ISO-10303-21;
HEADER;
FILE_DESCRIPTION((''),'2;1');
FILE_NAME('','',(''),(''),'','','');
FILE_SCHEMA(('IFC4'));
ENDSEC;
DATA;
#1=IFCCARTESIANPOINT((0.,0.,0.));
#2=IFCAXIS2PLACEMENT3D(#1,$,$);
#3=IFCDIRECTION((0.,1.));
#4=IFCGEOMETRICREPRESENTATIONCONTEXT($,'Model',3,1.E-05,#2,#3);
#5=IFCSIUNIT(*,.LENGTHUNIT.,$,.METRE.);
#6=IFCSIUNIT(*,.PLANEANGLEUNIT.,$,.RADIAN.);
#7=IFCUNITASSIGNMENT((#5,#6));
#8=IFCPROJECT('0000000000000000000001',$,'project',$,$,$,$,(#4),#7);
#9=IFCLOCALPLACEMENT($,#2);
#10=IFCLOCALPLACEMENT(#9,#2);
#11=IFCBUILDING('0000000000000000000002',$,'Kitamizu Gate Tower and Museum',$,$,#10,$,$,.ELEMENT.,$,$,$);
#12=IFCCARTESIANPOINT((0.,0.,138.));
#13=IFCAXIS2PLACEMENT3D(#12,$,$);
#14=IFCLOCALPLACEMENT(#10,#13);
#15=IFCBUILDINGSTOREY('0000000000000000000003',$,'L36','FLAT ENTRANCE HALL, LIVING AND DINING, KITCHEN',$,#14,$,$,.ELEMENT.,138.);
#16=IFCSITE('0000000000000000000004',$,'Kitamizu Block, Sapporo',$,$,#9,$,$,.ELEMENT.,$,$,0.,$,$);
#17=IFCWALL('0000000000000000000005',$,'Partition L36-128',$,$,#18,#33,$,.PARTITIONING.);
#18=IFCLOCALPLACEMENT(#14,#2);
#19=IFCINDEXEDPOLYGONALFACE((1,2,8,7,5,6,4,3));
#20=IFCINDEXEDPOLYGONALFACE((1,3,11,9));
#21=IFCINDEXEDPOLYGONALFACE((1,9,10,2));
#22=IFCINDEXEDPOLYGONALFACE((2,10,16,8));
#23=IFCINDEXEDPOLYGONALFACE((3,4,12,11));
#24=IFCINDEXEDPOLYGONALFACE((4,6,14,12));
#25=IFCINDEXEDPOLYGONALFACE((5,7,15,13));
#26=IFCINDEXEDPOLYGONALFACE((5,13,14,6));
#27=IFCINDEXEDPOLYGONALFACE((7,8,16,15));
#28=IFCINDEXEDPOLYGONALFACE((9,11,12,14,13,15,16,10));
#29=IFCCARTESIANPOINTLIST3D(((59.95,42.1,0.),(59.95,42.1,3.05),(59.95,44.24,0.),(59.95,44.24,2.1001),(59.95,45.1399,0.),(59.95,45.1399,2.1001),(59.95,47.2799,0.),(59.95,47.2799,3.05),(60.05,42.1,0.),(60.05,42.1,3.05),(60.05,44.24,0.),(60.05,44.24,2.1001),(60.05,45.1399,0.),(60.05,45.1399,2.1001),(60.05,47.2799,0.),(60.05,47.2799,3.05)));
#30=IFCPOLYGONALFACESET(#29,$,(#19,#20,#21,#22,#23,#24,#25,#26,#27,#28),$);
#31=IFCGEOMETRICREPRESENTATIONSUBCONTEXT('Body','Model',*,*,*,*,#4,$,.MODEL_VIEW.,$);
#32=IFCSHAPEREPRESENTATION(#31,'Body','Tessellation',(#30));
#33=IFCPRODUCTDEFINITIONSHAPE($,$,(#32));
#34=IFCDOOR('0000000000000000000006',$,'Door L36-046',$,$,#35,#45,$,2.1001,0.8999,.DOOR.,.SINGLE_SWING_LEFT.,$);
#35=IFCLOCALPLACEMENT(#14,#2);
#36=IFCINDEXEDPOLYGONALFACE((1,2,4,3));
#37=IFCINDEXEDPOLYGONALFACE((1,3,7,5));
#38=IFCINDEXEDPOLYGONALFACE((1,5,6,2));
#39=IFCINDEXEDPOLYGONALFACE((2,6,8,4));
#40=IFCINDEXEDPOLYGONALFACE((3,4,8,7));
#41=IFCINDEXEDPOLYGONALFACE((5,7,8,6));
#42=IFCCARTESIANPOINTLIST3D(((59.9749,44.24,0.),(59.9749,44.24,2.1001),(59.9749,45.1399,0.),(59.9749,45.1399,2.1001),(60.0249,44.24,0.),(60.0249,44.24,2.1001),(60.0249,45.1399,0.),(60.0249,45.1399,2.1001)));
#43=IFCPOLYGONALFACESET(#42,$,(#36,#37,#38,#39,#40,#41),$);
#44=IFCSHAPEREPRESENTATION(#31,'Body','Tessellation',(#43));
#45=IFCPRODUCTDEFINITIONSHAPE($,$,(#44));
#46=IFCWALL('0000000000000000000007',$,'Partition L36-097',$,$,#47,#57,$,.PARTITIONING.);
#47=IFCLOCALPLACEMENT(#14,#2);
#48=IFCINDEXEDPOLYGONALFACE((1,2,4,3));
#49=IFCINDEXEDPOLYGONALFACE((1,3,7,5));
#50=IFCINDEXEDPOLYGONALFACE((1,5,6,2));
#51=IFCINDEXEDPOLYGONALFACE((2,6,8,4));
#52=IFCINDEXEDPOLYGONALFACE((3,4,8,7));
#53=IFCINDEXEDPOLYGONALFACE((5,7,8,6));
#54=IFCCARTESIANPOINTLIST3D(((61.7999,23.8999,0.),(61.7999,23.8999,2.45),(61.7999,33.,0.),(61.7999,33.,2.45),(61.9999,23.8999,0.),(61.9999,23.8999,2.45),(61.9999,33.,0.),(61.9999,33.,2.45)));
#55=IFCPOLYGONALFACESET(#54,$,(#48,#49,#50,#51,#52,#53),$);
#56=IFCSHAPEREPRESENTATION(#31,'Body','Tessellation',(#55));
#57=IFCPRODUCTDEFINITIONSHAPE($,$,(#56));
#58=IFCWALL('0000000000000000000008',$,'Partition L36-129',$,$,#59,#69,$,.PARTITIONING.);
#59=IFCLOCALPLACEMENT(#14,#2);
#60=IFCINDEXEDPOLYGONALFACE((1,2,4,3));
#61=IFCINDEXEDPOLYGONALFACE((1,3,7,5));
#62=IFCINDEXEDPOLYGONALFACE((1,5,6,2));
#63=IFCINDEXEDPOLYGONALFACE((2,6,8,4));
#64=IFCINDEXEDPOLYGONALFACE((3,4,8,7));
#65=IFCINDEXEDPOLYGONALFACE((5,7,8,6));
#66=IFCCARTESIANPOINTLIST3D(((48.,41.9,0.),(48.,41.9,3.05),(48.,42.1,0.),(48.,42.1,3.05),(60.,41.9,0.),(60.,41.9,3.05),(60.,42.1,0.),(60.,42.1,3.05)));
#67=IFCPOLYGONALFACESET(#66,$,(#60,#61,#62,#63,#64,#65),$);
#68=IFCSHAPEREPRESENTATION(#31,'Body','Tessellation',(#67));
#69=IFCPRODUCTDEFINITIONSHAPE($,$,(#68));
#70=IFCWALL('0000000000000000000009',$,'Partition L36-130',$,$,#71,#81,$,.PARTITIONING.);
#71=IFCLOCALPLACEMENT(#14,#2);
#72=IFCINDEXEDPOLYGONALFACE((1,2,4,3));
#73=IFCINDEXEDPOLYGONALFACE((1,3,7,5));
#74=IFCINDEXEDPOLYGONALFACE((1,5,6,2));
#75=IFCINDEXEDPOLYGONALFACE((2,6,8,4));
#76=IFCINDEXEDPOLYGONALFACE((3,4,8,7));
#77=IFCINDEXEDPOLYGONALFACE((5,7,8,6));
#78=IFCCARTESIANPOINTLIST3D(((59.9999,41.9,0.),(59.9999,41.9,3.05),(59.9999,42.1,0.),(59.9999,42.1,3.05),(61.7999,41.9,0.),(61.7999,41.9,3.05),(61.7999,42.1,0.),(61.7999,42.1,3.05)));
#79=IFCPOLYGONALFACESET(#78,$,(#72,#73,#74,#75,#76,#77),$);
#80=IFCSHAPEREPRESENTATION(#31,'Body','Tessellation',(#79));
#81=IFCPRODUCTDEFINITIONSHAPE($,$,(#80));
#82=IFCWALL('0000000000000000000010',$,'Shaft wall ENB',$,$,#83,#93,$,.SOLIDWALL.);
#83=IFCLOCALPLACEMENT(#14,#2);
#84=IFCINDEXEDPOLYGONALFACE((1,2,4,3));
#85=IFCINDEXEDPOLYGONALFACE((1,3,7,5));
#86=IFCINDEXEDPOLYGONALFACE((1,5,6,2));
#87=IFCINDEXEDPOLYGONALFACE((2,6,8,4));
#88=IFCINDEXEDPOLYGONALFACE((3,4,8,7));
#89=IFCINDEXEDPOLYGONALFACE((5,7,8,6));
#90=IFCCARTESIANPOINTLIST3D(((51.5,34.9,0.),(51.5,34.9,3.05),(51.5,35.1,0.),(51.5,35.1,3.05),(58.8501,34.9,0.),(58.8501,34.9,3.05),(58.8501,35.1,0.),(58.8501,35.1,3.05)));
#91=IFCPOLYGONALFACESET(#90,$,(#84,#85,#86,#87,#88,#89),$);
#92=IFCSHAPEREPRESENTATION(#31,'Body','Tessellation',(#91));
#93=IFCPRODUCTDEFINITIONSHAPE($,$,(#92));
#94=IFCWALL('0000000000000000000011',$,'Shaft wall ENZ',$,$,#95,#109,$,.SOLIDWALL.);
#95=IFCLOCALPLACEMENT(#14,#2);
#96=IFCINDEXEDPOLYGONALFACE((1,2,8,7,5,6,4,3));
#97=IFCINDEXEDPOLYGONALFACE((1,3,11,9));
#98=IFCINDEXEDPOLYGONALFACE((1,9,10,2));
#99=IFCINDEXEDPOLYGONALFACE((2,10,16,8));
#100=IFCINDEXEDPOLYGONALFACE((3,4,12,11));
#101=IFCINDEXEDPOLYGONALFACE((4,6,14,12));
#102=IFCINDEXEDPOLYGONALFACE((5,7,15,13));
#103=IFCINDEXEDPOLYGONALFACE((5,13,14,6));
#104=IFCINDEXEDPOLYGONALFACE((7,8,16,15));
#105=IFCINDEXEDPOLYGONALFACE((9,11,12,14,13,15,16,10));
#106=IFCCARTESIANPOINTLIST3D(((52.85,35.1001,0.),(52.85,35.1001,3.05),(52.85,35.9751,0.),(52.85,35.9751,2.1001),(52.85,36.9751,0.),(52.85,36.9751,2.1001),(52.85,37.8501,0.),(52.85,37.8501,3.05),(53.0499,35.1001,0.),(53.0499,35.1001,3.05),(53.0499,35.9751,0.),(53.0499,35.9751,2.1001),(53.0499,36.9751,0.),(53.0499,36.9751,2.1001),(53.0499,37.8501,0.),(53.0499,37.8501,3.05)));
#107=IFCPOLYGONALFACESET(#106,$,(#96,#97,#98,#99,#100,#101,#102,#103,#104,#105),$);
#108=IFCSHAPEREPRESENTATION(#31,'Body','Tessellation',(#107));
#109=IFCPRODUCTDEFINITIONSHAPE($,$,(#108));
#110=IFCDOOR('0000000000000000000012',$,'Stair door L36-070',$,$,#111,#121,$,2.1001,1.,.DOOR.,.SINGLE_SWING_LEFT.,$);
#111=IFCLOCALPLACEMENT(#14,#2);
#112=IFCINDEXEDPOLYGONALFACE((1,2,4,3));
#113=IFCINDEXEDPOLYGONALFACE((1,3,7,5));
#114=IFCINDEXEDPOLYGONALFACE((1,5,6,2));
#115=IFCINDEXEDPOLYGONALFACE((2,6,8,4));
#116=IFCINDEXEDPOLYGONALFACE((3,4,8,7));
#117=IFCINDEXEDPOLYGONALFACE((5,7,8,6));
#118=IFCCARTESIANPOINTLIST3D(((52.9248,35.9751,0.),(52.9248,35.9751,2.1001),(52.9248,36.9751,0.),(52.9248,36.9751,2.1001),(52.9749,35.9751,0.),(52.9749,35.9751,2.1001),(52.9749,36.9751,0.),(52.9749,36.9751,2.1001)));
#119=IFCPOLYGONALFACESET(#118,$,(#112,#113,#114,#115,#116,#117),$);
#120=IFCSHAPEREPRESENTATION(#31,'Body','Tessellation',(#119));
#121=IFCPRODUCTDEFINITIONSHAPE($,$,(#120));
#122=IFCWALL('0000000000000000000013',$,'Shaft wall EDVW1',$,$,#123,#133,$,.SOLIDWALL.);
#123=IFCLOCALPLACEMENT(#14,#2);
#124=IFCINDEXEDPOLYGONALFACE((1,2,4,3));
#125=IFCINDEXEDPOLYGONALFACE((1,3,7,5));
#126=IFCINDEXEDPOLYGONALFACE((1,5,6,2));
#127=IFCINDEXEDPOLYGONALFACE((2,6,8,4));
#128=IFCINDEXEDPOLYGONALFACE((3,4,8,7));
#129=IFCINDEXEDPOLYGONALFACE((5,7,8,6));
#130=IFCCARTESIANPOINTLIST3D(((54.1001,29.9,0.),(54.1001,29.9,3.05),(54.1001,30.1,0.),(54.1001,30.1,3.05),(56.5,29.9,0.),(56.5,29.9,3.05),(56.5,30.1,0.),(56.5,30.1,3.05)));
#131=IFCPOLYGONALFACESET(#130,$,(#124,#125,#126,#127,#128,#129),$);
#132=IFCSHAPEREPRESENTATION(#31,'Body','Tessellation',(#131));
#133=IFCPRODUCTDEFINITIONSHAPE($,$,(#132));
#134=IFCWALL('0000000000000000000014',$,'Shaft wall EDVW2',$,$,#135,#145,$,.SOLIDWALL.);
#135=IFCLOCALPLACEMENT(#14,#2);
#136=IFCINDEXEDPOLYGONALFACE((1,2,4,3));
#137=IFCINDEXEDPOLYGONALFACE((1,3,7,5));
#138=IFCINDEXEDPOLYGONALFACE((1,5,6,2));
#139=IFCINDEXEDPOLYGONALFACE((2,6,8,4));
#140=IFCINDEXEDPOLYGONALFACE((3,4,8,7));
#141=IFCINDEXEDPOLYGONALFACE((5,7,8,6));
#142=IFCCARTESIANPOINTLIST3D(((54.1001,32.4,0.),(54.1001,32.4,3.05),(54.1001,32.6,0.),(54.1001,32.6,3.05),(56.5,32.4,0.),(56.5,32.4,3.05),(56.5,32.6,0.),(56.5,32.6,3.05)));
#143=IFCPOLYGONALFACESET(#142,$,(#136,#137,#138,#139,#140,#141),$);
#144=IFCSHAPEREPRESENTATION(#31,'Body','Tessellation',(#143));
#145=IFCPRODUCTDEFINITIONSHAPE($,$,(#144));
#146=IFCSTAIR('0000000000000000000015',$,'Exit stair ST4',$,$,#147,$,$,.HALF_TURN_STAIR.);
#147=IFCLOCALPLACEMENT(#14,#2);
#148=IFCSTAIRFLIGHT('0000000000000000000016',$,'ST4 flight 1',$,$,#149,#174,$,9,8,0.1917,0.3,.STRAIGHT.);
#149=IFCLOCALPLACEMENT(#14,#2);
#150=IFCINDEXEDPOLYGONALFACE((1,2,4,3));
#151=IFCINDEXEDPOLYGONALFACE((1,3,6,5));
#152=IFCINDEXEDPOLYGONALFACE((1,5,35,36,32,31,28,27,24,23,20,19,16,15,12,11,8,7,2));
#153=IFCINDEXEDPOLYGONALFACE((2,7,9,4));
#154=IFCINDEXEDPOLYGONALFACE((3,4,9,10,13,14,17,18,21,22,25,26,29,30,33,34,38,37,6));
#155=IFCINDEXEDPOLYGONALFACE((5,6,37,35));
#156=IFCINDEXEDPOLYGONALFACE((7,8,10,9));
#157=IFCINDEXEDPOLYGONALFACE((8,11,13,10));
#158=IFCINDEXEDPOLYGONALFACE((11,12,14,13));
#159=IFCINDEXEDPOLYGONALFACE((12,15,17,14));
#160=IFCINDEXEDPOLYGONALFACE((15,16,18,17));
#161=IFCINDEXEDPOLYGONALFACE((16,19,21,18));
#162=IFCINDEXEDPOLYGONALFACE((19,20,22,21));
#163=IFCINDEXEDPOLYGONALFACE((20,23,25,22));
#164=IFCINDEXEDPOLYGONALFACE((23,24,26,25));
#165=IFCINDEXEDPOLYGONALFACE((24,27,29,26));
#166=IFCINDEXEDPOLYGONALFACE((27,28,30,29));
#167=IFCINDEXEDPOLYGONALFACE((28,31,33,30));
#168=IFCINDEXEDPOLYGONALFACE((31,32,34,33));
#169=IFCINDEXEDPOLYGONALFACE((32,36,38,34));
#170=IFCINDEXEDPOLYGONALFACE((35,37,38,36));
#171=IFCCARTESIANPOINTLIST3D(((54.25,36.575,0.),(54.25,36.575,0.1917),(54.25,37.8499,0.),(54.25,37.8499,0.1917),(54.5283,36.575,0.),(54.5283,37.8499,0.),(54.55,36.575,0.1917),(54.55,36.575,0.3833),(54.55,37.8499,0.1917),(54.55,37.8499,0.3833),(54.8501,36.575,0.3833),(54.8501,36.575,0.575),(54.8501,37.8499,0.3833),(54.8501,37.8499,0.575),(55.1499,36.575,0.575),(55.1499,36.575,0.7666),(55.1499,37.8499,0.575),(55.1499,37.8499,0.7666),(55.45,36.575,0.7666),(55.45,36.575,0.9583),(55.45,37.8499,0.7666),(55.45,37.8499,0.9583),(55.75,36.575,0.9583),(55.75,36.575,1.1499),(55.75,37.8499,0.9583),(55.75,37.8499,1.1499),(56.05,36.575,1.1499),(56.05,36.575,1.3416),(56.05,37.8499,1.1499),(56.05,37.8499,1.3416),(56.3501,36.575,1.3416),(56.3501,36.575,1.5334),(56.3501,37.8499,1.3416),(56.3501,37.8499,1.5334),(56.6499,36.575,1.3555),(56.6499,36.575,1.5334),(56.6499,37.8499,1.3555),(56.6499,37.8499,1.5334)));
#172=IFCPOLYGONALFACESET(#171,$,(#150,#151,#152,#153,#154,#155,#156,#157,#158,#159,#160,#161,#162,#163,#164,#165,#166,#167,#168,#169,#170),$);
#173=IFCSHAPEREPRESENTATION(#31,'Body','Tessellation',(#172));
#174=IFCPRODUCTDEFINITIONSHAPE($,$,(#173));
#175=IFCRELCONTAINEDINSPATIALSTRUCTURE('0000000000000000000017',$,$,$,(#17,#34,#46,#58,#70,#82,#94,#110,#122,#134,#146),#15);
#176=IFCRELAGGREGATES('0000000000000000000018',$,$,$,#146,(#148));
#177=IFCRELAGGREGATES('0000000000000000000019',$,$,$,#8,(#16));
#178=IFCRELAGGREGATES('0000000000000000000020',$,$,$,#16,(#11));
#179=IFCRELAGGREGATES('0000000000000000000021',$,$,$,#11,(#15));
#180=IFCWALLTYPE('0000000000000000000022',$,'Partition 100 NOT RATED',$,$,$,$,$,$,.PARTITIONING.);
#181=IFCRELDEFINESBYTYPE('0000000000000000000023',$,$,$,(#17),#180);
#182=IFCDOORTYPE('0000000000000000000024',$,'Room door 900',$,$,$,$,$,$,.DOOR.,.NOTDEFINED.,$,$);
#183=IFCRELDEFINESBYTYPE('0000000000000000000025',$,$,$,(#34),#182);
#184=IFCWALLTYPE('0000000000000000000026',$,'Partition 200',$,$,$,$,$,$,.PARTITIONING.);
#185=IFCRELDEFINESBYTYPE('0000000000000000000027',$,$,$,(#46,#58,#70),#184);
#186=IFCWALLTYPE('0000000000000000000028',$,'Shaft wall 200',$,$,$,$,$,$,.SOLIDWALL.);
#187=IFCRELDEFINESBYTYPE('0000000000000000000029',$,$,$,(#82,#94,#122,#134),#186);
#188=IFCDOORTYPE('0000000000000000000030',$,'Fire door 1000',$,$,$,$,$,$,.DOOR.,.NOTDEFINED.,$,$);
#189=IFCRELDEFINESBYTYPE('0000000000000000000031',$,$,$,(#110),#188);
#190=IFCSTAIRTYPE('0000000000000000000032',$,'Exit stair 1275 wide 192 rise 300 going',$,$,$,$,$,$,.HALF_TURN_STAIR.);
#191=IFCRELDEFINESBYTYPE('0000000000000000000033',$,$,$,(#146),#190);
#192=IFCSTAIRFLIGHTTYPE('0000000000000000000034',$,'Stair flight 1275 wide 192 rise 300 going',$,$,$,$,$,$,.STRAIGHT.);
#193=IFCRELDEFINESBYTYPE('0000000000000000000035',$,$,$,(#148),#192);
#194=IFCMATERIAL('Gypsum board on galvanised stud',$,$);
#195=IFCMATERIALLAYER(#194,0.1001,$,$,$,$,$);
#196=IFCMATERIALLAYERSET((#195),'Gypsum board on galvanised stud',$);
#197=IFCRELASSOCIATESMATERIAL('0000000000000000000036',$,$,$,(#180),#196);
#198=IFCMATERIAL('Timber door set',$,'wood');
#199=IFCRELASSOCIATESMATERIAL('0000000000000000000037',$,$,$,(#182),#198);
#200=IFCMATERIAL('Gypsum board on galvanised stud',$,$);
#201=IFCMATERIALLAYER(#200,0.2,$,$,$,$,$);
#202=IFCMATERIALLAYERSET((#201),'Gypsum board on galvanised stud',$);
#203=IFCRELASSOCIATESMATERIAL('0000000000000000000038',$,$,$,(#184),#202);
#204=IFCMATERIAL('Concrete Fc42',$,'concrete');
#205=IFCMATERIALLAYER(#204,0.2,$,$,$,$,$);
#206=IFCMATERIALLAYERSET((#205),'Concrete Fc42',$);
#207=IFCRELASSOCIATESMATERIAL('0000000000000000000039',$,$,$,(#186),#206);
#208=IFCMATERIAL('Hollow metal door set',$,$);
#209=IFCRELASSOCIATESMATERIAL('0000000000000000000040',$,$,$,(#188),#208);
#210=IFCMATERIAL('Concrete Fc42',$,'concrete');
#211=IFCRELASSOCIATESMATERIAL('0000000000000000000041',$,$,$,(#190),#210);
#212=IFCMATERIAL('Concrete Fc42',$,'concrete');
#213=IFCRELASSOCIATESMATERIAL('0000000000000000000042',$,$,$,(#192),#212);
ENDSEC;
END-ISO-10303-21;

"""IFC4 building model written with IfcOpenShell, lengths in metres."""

from ifc_helpers import new_model, si_unit, direction, frame, frame_2d, origin, place, context, subcontext, project, spatial, polyline, rectangle, outline, extrude, material, layer, layer_set, type_object, element, fill, aggregate, save


model = new_model("IFC4")

# Units and contexts
model_context = context("Model", 3, precision=1e-05, world=origin(), true_north=direction((0.0, 1.0)))
body_context = subcontext(model_context, "Body", "Model", "MODEL_VIEW")
ifc_project = project(units=[si_unit("LENGTHUNIT", "METRE"), si_unit("PLANEANGLEUNIT", "RADIAN")], contexts=[model_context])

# Site, building, storey
site_placement = place(None, origin())
site = spatial("IfcSite", under=ifc_project, at=site_placement, Name="Kitamizu Block, Sapporo", CompositionType="ELEMENT", RefElevation=0.0)
building_placement = place(site_placement, origin())
building = spatial("IfcBuilding", under=site, at=building_placement, Name="Kitamizu Gate Tower and Museum", CompositionType="ELEMENT")
storey_placement = place(building_placement, frame((0.0, 0.0, 138.0)))
storey = spatial("IfcBuildingStorey", under=building, at=storey_placement, Name="L36", Description="FLAT ENTRANCE HALL, LIVING AND DINING, KITCHEN", CompositionType="ELEMENT", Elevation=138.0)

# Wall, opening, door
ifc_material_1 = material(Name="Gypsum board on galvanised stud")
ifc_layer_1 = layer(ifc_material_1, 0.1001)
ifc_layer_set_1 = layer_set([ifc_layer_1], Name="Gypsum board on galvanised stud")
wall_type_1 = type_object("IfcWallType", Name="Partition 100 NOT RATED", PredefinedType="PARTITIONING", material=ifc_layer_set_1)
ifc_material_2 = material(Name="Timber door set", Category="wood")
door_type_1 = type_object("IfcDoorType", Name="Room door 900", OperationType="NOTDEFINED", PredefinedType="DOOR", material=ifc_material_2)
wall_1_placement = place(storey_placement, frame((60.0, 42.1001, 0.0), z_axis=(0.0, 0.0, 1.0), x_axis=(0.0, 1.0, 0.0)))
wall_1 = element("IfcWall", 1, at=wall_1_placement, inside=storey, type_object=wall_type_1, Name="Partition L36-128", PredefinedType="PARTITIONING", context=body_context, shape_type="SweptSolid", body=[
    extrude(rectangle(XDim=5.1799, YDim=0.1001, at=frame_2d((2.5898, 0.0))), origin(), (0.0, 0.0, 1.0), 3.05),
])
opening_1_placement = place(wall_1_placement, frame((2.1399, 0.0, 0.0)))
opening_1 = element("IfcOpeningElement", 2, at=opening_1_placement, cuts=wall_1, PredefinedType="OPENING", context=body_context, shape_type="SweptSolid", body=[
    extrude(rectangle(XDim=0.8999, YDim=2.1001, at=frame_2d((0.45, 1.05))), frame((0.0, 0.0601, 0.0), z_axis=(0.0, -1.0, 0.0), x_axis=(1.0, 0.0, 0.0)), (0.0, 0.0, 1.0), 0.1201),
])
door_1_placement = place(opening_1_placement, frame((0.8999, 0.0, 0.0), x_axis=(-1.0, 0.0, 0.0)))
door_1 = element("IfcDoor", 3, at=door_1_placement, inside=storey, type_object=door_type_1, Name="Door L36-046", OperationType="SINGLE_SWING_LEFT", OverallHeight=2.1001, OverallWidth=0.8999, PredefinedType="DOOR", context=body_context, shape_type="SweptSolid", body=[
    extrude(rectangle(XDim=0.8999, YDim=2.1001, at=frame_2d((0.45, 1.05))), frame((0.0, 0.0249, 0.0), z_axis=(0.0, -1.0, 0.0), x_axis=(1.0, 0.0, 0.0)), (0.0, 0.0, 1.0), 0.05),
])
fill(opening_1, door_1)

# Walls
ifc_material_3 = material(Name="Gypsum board on galvanised stud")
ifc_layer_2 = layer(ifc_material_3, 0.2)
ifc_layer_set_2 = layer_set([ifc_layer_2], Name="Gypsum board on galvanised stud")
wall_type_2 = type_object("IfcWallType", Name="Partition 200", PredefinedType="PARTITIONING", material=ifc_layer_set_2)
wall_2_placement = place(storey_placement, frame((61.8999, 33.0, 0.0), z_axis=(0.0, 0.0, 1.0), x_axis=(0.0, -1.0, 0.0)))
element("IfcWall", 4, at=wall_2_placement, inside=storey, type_object=wall_type_2, Name="Partition L36-097", PredefinedType="PARTITIONING", context=body_context, shape_type="SweptSolid", body=[
    extrude(rectangle(XDim=9.1001, YDim=0.2, at=frame_2d((4.55, 0.0))), origin(), (0.0, 0.0, 1.0), 2.45),
])
wall_3_placement = place(storey_placement, frame((48.0, 42.0, 0.0), z_axis=(0.0, 0.0, 1.0), x_axis=(1.0, 0.0, 0.0)))
element("IfcWall", 5, at=wall_3_placement, inside=storey, type_object=wall_type_2, Name="Partition L36-129", PredefinedType="PARTITIONING", context=body_context, shape_type="SweptSolid", body=[
    extrude(rectangle(XDim=12.0, YDim=0.2, at=frame_2d((6.0, 0.0))), origin(), (0.0, 0.0, 1.0), 3.05),
])
wall_4_placement = place(storey_placement, frame((60.0, 42.0, 0.0), z_axis=(0.0, 0.0, 1.0), x_axis=(1.0, 0.0, 0.0)))
element("IfcWall", 6, at=wall_4_placement, inside=storey, type_object=wall_type_2, Name="Partition L36-130", PredefinedType="PARTITIONING", context=body_context, shape_type="SweptSolid", body=[
    extrude(rectangle(XDim=1.8, YDim=0.2, at=frame_2d((0.8999, 0.0))), origin(), (0.0, 0.0, 1.0), 3.05),
])
ifc_material_4 = material(Name="Concrete Fc42", Category="concrete")
ifc_layer_3 = layer(ifc_material_4, 0.2)
ifc_layer_set_3 = layer_set([ifc_layer_3], Name="Concrete Fc42")
wall_type_3 = type_object("IfcWallType", Name="Shaft wall 200", PredefinedType="SOLIDWALL", material=ifc_layer_set_3)
wall_5_placement = place(storey_placement, frame((58.8501, 35.0, 0.0), z_axis=(0.0, 0.0, 1.0), x_axis=(-1.0, 0.0, 0.0)))
element("IfcWall", 7, at=wall_5_placement, inside=storey, type_object=wall_type_3, Name="Shaft wall ENB", PredefinedType="SOLIDWALL", context=body_context, shape_type="SweptSolid", body=[
    extrude(rectangle(XDim=7.3501, YDim=0.2, at=frame_2d((3.675, 0.0))), origin(), (0.0, 0.0, 1.0), 3.05),
])

# Wall, opening, door
wall_6_placement = place(storey_placement, frame((52.95, 35.1001, 0.0), z_axis=(0.0, 0.0, 1.0), x_axis=(0.0, 1.0, 0.0)))
wall_6 = element("IfcWall", 8, at=wall_6_placement, inside=storey, type_object=wall_type_3, Name="Shaft wall ENZ", PredefinedType="SOLIDWALL", context=body_context, shape_type="SweptSolid", body=[
    extrude(rectangle(XDim=2.75, YDim=0.2, at=frame_2d((1.375, 0.0))), origin(), (0.0, 0.0, 1.0), 3.05),
])
opening_2_placement = place(wall_6_placement, frame((0.875, 0.0, 0.0)))
opening_2 = element("IfcOpeningElement", 9, at=opening_2_placement, cuts=wall_6, PredefinedType="OPENING", context=body_context, shape_type="SweptSolid", body=[
    extrude(rectangle(XDim=1.0, YDim=2.1001, at=frame_2d((0.5, 1.05))), frame((0.0, 0.1099, 0.0), z_axis=(0.0, -1.0, 0.0), x_axis=(1.0, 0.0, 0.0)), (0.0, 0.0, 1.0), 0.22),
])
ifc_material_5 = material(Name="Hollow metal door set")
door_type_2 = type_object("IfcDoorType", Name="Fire door 1000", OperationType="NOTDEFINED", PredefinedType="DOOR", material=ifc_material_5)
door_2_placement = place(opening_2_placement, frame((1.0, 0.0, 0.0), x_axis=(-1.0, 0.0, 0.0)))
door_2 = element("IfcDoor", 10, at=door_2_placement, inside=storey, type_object=door_type_2, Name="Stair door L36-070", OperationType="SINGLE_SWING_LEFT", OverallHeight=2.1001, OverallWidth=1.0, PredefinedType="DOOR", context=body_context, shape_type="SweptSolid", body=[
    extrude(rectangle(XDim=1.0, YDim=2.1001, at=frame_2d((0.5, 1.05))), frame((0.0, 0.0249, 0.0), z_axis=(0.0, -1.0, 0.0), x_axis=(1.0, 0.0, 0.0)), (0.0, 0.0, 1.0), 0.05),
])
fill(opening_2, door_2)

# Walls
for number, where, z_axis, x_axis, name in (
    (11, (56.5, 30.0, 0.0), (0.0, 0.0, 1.0), (-1.0, 0.0, 0.0), "Shaft wall EDVW1"),
    (12, (56.5, 32.5, 0.0), (0.0, 0.0, 1.0), (-1.0, 0.0, 0.0), "Shaft wall EDVW2"),
):
    element("IfcWall", number, at=place(storey_placement, frame(where, z_axis=z_axis, x_axis=x_axis)), inside=storey, type_object=wall_type_3, Name=name, PredefinedType="SOLIDWALL", context=body_context, shape_type="SweptSolid", body=[
        extrude(rectangle(XDim=2.3999, YDim=0.2, at=frame_2d((1.2, 0.0))), origin(), (0.0, 0.0, 1.0), 3.05),
    ])

# Stair, stair flight
ifc_material_6 = material(Name="Concrete Fc42", Category="concrete")
stair_type = type_object("IfcStairType", Name="Exit stair 1275 wide 192 rise 300 going", PredefinedType="HALF_TURN_STAIR", material=ifc_material_6)
stair_placement = place(storey_placement, origin())
stair = element("IfcStair", 13, at=stair_placement, inside=storey, type_object=stair_type, Name="Exit stair ST4", PredefinedType="HALF_TURN_STAIR")
ifc_material_7 = material(Name="Concrete Fc42", Category="concrete")
stair_flight_type = type_object("IfcStairFlightType", Name="Stair flight 1275 wide 192 rise 300 going", PredefinedType="STRAIGHT", material=ifc_material_7)
stair_flight_1_placement = place(storey_placement, frame((54.25, 37.2124, 0.0), z_axis=(0.0, 0.0, 1.0), x_axis=(1.0, 0.0, 0.0)))
stair_flight_1 = element("IfcStairFlight", 14, at=stair_flight_1_placement, type_object=stair_flight_type, Name="ST4 flight 1", NumberOfRisers=9, NumberOfTreads=8, PredefinedType="STRAIGHT", RiserHeight=0.1917, TreadLength=0.3, context=body_context, shape_type="SweptSolid", body=[
    extrude(outline(polyline([(0.0, 0.0), (0.0, 0.1917), (0.3, 0.1917), (0.3, 0.3833), (0.6001, 0.3833), (0.6001, 0.575), (0.8999, 0.575), (0.8999, 0.7666), (1.2, 0.7666), (1.2, 0.9583), (1.5, 0.9583), (1.5, 1.1499), (1.8, 1.1499), (1.8, 1.3416), (2.1001, 1.3416), (2.1001, 1.5334), (2.3999, 1.5334), (2.3999, 1.7251), (2.3999, 1.3555), (0.2783, 0.0), (0.0, 0.0)])), frame((0.0, 0.6375, 0.0), z_axis=(0.0, -1.0, 0.0), x_axis=(1.0, 0.0, 0.0)), (0.0, 0.0, 1.0), 1.2749),
])
aggregate(stair, [stair_flight_1])

save(model, "model.ifc")
